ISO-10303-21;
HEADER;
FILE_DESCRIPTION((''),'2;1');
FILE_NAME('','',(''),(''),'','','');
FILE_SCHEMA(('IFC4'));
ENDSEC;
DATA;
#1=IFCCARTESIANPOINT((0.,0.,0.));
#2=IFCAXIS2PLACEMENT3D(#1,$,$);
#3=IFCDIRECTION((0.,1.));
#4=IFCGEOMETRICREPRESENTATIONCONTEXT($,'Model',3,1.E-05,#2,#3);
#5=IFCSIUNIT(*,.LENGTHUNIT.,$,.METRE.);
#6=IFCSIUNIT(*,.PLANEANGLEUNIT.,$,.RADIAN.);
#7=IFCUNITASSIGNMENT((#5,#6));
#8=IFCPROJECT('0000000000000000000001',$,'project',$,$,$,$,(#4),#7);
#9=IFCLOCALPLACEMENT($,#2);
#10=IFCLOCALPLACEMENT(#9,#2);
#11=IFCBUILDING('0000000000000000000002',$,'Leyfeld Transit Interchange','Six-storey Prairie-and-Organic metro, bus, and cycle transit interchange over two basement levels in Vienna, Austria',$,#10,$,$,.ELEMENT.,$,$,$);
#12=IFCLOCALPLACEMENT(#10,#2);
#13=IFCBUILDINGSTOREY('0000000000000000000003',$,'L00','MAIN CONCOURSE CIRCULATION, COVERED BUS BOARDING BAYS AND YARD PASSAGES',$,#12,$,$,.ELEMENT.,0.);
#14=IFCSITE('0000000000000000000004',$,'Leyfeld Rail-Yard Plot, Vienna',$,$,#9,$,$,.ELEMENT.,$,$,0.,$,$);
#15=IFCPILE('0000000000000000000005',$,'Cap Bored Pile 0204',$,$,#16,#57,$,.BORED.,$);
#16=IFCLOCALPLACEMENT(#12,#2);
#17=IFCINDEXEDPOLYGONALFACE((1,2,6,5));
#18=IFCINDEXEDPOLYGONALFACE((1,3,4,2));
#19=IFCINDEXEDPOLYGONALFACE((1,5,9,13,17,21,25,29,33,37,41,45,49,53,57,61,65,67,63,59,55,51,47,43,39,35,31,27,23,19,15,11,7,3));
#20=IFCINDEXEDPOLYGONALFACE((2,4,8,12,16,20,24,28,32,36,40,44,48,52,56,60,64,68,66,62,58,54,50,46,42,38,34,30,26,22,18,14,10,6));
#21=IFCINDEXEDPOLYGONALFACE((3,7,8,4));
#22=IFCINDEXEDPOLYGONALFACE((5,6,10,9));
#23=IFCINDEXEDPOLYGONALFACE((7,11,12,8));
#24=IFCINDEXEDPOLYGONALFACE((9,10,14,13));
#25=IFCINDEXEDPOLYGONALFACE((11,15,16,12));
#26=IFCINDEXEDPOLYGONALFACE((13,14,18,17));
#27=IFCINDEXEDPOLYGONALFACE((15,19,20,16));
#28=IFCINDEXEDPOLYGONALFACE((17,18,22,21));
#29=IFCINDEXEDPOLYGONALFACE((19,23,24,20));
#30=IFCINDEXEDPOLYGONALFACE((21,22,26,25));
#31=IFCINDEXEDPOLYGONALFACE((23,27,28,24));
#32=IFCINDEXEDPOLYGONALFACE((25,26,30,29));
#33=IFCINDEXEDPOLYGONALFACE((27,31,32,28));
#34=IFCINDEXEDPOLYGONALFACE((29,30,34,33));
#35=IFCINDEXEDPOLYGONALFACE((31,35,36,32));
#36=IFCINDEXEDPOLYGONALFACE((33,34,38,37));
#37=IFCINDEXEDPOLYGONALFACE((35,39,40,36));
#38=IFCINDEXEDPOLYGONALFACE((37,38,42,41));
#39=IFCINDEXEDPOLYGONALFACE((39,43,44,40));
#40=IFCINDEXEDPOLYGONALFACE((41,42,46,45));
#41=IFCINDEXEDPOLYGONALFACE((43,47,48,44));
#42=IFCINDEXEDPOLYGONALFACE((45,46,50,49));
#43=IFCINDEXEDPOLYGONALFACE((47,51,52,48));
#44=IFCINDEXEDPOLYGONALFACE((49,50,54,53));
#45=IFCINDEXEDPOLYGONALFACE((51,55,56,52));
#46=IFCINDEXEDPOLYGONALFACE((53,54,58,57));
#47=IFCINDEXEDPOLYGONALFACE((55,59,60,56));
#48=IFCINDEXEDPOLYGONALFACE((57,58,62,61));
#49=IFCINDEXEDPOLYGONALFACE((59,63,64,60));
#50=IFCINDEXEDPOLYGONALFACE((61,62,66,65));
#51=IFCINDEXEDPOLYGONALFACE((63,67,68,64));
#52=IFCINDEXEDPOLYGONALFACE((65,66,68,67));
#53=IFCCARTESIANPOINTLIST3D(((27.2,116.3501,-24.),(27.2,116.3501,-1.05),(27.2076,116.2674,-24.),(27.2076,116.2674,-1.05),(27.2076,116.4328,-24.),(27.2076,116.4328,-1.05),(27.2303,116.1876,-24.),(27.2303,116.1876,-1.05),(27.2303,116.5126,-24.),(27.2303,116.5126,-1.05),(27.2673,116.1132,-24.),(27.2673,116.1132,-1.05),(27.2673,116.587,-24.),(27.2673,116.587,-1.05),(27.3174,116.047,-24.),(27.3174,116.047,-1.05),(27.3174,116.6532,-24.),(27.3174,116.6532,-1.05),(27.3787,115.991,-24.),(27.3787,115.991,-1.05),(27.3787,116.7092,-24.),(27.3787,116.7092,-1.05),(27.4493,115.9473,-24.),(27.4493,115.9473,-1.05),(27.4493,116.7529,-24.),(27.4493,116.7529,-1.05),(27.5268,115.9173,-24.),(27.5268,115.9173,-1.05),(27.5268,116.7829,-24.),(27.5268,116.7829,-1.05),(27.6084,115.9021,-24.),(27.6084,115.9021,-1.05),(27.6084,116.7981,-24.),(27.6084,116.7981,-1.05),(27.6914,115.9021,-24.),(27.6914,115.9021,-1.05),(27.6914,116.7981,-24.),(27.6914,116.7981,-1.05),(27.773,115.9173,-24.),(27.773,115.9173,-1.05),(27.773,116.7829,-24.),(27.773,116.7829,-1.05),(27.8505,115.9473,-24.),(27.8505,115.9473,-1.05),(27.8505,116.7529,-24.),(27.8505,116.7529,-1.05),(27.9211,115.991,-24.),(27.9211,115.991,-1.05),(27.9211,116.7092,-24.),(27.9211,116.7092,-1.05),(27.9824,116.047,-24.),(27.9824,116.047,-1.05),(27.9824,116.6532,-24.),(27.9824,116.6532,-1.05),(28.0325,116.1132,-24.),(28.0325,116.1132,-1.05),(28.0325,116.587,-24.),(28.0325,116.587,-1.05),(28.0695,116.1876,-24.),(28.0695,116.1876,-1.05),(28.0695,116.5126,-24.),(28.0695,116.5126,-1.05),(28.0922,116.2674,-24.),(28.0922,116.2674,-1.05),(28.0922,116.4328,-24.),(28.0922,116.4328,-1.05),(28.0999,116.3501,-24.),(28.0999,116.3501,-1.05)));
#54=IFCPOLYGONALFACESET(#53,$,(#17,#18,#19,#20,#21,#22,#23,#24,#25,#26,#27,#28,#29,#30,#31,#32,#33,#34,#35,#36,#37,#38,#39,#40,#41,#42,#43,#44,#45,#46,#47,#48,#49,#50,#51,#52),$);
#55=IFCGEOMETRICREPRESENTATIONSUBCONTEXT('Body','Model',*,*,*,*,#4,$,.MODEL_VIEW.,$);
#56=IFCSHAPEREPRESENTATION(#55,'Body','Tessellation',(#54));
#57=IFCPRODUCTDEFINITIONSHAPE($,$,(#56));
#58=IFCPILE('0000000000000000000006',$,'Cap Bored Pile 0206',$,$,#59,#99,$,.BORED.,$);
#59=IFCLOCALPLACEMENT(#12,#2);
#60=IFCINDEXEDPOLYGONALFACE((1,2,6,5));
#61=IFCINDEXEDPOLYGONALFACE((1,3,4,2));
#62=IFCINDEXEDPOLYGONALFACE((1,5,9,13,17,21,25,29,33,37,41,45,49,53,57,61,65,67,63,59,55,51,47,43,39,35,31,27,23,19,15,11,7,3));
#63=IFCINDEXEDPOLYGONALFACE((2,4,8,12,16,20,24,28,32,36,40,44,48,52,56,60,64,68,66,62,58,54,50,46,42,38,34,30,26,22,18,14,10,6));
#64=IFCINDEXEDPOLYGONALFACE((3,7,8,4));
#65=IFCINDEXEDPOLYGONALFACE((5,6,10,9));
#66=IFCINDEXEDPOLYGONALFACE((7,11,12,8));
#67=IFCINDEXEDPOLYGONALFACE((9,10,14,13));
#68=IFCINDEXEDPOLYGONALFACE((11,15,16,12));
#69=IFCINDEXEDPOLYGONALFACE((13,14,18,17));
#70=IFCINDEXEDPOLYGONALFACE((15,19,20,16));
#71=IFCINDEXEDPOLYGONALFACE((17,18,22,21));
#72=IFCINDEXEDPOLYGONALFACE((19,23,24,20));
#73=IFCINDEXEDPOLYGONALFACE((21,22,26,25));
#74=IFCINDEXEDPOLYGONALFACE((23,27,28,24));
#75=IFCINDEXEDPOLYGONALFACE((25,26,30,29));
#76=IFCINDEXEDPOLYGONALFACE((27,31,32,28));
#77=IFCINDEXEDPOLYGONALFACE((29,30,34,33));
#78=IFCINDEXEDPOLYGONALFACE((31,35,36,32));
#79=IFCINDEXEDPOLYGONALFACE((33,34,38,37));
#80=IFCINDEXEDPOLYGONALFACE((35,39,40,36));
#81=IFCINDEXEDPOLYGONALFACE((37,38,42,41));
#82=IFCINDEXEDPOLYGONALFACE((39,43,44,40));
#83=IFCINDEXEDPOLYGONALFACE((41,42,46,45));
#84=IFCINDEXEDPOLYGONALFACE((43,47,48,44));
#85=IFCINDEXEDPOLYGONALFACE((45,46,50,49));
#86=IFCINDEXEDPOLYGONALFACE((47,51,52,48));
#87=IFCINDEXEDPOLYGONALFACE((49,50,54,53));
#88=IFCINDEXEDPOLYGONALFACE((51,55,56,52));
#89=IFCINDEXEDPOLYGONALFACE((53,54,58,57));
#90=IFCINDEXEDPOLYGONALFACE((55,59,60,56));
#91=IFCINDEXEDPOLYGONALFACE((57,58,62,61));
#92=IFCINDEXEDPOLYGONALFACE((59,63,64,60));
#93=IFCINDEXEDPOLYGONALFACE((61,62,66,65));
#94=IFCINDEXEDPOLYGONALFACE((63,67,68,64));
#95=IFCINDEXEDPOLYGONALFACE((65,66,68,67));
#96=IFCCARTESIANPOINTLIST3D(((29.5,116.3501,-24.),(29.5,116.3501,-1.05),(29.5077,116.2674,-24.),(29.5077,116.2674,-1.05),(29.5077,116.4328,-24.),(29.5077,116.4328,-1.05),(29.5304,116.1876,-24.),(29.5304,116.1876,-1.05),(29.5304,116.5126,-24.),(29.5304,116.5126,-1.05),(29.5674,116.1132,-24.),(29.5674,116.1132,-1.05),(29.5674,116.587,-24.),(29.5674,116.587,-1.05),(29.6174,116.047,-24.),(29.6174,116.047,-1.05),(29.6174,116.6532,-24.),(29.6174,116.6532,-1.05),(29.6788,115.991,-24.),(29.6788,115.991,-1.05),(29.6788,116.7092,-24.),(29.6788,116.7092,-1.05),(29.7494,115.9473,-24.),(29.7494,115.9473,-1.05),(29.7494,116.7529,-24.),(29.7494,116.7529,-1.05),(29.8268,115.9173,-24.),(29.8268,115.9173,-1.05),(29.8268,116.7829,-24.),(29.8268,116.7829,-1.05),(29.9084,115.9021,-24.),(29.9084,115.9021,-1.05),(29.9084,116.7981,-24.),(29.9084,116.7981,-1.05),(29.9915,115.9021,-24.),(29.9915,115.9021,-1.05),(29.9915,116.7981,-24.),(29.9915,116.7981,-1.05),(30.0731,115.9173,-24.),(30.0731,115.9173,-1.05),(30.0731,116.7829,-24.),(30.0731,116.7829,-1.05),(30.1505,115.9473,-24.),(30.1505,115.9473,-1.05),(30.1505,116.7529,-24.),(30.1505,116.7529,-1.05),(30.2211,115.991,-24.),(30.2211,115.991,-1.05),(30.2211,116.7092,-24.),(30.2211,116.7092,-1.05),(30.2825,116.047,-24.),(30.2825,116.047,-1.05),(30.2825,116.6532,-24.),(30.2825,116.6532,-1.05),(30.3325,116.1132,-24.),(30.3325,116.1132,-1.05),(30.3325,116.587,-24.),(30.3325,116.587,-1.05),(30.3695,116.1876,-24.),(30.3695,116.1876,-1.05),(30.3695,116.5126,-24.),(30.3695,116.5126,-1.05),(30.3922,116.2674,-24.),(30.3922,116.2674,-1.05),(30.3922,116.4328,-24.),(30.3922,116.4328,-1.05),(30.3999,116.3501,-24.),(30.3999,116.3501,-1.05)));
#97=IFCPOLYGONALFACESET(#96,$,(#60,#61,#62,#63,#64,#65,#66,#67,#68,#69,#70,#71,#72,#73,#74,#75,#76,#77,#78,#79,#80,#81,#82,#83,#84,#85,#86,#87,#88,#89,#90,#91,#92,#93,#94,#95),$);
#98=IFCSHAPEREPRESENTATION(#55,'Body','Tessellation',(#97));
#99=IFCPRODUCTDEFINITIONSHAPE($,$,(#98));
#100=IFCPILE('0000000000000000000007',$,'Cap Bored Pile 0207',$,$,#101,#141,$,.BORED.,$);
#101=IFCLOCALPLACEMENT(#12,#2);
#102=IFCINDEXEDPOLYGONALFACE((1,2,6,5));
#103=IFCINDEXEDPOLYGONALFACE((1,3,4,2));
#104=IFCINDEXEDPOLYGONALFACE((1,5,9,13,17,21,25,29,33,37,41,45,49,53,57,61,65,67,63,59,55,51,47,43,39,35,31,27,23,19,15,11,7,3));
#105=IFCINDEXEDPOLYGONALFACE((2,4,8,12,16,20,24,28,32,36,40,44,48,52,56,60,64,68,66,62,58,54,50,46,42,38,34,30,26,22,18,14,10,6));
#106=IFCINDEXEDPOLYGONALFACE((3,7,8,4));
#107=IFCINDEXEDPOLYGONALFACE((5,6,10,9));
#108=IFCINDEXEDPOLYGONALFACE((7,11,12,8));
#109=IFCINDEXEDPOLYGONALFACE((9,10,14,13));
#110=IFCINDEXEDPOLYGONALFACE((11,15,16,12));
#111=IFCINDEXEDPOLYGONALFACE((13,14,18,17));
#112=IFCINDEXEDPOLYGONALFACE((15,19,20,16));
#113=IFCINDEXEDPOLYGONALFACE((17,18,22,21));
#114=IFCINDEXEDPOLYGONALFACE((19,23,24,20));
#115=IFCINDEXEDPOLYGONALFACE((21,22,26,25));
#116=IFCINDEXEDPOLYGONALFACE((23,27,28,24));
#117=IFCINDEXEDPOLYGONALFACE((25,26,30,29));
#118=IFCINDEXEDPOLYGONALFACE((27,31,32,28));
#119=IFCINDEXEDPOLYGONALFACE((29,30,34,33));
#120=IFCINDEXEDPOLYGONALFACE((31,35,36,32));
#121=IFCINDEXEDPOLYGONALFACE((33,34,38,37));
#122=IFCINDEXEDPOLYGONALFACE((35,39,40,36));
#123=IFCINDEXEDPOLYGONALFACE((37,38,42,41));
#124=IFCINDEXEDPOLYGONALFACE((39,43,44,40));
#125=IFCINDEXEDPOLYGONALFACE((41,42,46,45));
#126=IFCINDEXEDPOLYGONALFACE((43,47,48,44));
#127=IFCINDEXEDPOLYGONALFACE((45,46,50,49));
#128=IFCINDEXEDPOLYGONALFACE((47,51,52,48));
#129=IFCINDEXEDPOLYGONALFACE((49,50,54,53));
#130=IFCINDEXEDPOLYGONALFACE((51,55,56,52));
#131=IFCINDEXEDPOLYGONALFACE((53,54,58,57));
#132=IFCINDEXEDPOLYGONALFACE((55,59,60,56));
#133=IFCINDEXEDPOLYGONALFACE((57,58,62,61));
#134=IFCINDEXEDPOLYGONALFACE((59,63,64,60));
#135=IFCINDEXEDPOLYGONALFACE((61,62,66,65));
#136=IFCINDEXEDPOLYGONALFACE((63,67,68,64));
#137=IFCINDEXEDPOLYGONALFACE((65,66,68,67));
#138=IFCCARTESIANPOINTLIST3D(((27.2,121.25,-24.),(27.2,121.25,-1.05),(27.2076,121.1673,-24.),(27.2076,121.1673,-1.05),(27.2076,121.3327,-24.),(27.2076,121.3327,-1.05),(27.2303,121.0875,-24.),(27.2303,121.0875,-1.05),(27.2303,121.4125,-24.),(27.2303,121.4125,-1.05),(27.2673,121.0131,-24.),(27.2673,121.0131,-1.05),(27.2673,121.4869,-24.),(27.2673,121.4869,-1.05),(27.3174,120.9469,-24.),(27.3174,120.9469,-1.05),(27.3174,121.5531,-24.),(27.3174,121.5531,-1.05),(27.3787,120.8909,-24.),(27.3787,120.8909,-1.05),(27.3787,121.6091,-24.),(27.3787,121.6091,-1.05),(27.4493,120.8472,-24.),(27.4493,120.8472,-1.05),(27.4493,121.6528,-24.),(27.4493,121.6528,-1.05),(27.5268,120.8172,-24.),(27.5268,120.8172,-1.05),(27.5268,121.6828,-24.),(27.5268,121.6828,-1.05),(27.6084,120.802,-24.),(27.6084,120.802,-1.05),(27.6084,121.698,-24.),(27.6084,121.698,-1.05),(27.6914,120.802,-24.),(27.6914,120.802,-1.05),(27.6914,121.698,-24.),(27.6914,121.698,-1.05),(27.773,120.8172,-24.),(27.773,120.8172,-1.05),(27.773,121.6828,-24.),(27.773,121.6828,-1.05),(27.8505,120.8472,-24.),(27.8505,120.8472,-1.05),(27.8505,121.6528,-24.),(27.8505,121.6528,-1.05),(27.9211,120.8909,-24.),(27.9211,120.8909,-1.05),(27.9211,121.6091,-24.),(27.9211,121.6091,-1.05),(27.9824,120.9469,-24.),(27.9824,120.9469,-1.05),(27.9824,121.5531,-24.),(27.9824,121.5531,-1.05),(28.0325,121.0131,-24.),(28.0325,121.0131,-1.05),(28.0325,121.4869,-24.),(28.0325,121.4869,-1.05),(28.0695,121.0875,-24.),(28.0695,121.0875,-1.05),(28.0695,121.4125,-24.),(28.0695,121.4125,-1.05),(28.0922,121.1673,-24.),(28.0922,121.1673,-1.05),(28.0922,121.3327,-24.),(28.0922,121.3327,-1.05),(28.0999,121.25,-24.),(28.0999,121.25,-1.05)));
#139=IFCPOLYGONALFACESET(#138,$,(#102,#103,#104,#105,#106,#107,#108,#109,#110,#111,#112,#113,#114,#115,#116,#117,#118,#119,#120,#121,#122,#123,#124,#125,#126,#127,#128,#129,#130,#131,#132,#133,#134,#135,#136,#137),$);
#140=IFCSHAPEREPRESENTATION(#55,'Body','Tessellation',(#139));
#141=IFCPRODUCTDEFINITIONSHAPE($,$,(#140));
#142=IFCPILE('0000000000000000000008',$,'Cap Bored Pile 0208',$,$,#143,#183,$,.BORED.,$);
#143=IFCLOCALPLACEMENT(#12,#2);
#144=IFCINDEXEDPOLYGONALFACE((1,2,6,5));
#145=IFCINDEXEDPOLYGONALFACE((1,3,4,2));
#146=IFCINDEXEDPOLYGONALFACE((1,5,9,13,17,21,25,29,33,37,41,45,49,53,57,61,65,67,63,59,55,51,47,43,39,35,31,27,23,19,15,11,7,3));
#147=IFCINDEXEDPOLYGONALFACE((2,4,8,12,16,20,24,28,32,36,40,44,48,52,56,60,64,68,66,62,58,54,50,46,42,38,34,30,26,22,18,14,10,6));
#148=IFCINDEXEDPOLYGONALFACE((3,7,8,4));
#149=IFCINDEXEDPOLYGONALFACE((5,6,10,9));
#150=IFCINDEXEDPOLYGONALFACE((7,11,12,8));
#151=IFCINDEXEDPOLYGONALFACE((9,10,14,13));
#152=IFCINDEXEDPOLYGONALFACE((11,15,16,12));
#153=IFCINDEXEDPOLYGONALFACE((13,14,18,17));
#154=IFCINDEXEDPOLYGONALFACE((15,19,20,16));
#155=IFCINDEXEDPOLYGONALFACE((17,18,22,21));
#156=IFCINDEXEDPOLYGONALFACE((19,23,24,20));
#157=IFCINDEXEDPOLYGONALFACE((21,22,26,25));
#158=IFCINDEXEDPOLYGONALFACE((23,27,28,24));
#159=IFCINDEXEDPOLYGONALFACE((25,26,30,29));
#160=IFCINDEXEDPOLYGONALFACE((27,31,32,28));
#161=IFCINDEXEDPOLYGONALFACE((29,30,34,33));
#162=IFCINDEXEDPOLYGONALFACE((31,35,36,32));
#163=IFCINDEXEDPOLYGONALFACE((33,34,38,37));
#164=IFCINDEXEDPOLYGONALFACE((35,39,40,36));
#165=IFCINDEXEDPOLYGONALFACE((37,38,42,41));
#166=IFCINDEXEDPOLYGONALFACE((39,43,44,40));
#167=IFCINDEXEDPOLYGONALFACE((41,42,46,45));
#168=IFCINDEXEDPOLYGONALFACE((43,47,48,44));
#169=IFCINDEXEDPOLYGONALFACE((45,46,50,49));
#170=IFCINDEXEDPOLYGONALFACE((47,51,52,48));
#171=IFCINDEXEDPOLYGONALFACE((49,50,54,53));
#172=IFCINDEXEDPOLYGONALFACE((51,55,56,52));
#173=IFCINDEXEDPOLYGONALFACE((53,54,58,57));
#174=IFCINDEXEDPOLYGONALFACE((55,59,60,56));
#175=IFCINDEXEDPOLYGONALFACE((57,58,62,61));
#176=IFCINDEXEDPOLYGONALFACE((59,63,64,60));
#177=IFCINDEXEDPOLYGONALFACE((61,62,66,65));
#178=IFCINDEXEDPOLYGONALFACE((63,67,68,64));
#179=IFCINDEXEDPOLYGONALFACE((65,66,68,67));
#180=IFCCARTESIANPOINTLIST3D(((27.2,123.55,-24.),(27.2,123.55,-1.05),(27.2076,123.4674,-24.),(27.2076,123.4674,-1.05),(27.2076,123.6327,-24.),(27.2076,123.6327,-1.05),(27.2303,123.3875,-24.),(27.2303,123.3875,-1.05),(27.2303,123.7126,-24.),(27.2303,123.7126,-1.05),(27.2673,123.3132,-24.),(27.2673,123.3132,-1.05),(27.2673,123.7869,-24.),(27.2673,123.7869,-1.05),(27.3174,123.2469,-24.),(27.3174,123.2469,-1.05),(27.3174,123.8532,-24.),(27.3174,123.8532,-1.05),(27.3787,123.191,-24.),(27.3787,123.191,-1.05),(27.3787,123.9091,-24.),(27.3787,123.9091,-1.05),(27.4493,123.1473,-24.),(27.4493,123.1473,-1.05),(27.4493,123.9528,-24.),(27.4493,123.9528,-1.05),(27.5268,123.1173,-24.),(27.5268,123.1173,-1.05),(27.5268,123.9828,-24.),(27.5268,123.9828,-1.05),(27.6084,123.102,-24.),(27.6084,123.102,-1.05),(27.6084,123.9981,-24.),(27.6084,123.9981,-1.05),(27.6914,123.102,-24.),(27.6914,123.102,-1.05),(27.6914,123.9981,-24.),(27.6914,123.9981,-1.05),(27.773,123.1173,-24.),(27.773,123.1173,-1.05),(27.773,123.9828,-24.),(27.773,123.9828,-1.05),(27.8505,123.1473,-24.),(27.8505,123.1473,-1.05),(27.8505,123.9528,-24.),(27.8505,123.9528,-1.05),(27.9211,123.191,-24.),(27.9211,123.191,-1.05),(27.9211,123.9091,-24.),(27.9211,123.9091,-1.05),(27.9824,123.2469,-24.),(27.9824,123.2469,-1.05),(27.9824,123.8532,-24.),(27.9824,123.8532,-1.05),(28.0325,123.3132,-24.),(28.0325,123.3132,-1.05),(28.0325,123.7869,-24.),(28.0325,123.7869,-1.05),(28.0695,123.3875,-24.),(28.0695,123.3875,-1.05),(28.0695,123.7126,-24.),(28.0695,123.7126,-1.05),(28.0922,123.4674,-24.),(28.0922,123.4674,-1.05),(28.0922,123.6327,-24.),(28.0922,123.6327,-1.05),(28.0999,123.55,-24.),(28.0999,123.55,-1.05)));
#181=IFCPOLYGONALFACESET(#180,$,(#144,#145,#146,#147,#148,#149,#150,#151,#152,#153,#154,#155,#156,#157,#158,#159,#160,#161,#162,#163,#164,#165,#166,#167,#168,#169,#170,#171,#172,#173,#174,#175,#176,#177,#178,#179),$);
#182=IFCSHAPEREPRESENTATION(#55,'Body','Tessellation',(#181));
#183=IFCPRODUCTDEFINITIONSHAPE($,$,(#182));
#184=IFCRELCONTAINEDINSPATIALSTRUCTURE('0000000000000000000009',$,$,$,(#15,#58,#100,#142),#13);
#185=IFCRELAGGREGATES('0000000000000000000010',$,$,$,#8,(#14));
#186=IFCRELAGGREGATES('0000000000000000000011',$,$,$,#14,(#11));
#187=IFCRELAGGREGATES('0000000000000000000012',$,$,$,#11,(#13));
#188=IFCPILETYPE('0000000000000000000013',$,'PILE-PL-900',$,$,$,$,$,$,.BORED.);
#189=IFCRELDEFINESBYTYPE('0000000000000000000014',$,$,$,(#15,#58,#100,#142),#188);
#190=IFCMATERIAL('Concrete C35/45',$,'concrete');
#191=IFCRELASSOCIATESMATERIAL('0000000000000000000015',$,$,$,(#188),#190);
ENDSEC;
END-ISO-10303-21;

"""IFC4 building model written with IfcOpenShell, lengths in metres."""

from ifc_helpers import new_model, si_unit, direction, frame, origin, origin_2d, place, context, subcontext, project, spatial, circle, extrude, material, material_profile, profile_set, type_object, element, save


model = new_model("IFC4")

# Units and contexts
model_context = context("Model", 3, precision=1e-05, world=origin(), true_north=direction((0.0, 1.0)))
body_context = subcontext(model_context, "Body", "Model", "MODEL_VIEW")
ifc_project = project(units=[si_unit("LENGTHUNIT", "METRE"), si_unit("PLANEANGLEUNIT", "RADIAN")], contexts=[model_context])

# Site, building, storey
site_placement = place(None, origin())
site = spatial("IfcSite", under=ifc_project, at=site_placement, Name="Leyfeld Rail-Yard Plot, Vienna", CompositionType="ELEMENT", RefElevation=0.0)
building_placement = place(site_placement, origin())
building = spatial("IfcBuilding", under=site, at=building_placement, Name="Leyfeld Transit Interchange", Description="Six-storey Prairie-and-Organic metro, bus, and cycle transit interchange over two basement levels in Vienna, Austria", CompositionType="ELEMENT")
storey_placement = place(building_placement, origin())
storey = spatial("IfcBuildingStorey", under=building, at=storey_placement, Name="L00", Description="MAIN CONCOURSE CIRCULATION, COVERED BUS BOARDING BAYS AND YARD PASSAGES", CompositionType="ELEMENT", Elevation=0.0)

# Shared definitions
ifc_material_1 = material(Name="Concrete C35/45", Category="concrete")

# Piles
ifc_material_profile_1 = material_profile(ifc_material_1, circle(Radius=0.45, at=origin_2d()), Name="PILE D900")
ifc_profile_set_1 = profile_set([ifc_material_profile_1], Name="Concrete C35/45")
pile_type = type_object("IfcPileType", Name="PILE-PL-900", PredefinedType="BORED", material=ifc_profile_set_1)
for number, where, z_axis, x_axis, name in (
    (1, (27.6499, 116.3501, -1.05), (0.0, 0.0, -1.0), (1.0, 0.0, 0.0), "Cap Bored Pile 0204"),
    (2, (29.95, 116.3501, -1.05), (0.0, 0.0, -1.0), (1.0, 0.0, 0.0), "Cap Bored Pile 0206"),
    (3, (27.6499, 121.25, -1.05), (0.0, 0.0, -1.0), (1.0, 0.0, 0.0), "Cap Bored Pile 0207"),
    (4, (27.6499, 123.55, -1.05), (0.0, 0.0, -1.0), (1.0, 0.0, 0.0), "Cap Bored Pile 0208"),
):
    element("IfcPile", number, at=place(storey_placement, frame(where, z_axis=z_axis, x_axis=x_axis)), inside=storey, type_object=pile_type, Name=name, PredefinedType="BORED", context=body_context, shape_type="SweptSolid", body=[
        extrude(circle(Radius=0.45, at=origin_2d()), origin(), (0.0, 0.0, 1.0), 22.95),
    ])

save(model, "model.ifc")
